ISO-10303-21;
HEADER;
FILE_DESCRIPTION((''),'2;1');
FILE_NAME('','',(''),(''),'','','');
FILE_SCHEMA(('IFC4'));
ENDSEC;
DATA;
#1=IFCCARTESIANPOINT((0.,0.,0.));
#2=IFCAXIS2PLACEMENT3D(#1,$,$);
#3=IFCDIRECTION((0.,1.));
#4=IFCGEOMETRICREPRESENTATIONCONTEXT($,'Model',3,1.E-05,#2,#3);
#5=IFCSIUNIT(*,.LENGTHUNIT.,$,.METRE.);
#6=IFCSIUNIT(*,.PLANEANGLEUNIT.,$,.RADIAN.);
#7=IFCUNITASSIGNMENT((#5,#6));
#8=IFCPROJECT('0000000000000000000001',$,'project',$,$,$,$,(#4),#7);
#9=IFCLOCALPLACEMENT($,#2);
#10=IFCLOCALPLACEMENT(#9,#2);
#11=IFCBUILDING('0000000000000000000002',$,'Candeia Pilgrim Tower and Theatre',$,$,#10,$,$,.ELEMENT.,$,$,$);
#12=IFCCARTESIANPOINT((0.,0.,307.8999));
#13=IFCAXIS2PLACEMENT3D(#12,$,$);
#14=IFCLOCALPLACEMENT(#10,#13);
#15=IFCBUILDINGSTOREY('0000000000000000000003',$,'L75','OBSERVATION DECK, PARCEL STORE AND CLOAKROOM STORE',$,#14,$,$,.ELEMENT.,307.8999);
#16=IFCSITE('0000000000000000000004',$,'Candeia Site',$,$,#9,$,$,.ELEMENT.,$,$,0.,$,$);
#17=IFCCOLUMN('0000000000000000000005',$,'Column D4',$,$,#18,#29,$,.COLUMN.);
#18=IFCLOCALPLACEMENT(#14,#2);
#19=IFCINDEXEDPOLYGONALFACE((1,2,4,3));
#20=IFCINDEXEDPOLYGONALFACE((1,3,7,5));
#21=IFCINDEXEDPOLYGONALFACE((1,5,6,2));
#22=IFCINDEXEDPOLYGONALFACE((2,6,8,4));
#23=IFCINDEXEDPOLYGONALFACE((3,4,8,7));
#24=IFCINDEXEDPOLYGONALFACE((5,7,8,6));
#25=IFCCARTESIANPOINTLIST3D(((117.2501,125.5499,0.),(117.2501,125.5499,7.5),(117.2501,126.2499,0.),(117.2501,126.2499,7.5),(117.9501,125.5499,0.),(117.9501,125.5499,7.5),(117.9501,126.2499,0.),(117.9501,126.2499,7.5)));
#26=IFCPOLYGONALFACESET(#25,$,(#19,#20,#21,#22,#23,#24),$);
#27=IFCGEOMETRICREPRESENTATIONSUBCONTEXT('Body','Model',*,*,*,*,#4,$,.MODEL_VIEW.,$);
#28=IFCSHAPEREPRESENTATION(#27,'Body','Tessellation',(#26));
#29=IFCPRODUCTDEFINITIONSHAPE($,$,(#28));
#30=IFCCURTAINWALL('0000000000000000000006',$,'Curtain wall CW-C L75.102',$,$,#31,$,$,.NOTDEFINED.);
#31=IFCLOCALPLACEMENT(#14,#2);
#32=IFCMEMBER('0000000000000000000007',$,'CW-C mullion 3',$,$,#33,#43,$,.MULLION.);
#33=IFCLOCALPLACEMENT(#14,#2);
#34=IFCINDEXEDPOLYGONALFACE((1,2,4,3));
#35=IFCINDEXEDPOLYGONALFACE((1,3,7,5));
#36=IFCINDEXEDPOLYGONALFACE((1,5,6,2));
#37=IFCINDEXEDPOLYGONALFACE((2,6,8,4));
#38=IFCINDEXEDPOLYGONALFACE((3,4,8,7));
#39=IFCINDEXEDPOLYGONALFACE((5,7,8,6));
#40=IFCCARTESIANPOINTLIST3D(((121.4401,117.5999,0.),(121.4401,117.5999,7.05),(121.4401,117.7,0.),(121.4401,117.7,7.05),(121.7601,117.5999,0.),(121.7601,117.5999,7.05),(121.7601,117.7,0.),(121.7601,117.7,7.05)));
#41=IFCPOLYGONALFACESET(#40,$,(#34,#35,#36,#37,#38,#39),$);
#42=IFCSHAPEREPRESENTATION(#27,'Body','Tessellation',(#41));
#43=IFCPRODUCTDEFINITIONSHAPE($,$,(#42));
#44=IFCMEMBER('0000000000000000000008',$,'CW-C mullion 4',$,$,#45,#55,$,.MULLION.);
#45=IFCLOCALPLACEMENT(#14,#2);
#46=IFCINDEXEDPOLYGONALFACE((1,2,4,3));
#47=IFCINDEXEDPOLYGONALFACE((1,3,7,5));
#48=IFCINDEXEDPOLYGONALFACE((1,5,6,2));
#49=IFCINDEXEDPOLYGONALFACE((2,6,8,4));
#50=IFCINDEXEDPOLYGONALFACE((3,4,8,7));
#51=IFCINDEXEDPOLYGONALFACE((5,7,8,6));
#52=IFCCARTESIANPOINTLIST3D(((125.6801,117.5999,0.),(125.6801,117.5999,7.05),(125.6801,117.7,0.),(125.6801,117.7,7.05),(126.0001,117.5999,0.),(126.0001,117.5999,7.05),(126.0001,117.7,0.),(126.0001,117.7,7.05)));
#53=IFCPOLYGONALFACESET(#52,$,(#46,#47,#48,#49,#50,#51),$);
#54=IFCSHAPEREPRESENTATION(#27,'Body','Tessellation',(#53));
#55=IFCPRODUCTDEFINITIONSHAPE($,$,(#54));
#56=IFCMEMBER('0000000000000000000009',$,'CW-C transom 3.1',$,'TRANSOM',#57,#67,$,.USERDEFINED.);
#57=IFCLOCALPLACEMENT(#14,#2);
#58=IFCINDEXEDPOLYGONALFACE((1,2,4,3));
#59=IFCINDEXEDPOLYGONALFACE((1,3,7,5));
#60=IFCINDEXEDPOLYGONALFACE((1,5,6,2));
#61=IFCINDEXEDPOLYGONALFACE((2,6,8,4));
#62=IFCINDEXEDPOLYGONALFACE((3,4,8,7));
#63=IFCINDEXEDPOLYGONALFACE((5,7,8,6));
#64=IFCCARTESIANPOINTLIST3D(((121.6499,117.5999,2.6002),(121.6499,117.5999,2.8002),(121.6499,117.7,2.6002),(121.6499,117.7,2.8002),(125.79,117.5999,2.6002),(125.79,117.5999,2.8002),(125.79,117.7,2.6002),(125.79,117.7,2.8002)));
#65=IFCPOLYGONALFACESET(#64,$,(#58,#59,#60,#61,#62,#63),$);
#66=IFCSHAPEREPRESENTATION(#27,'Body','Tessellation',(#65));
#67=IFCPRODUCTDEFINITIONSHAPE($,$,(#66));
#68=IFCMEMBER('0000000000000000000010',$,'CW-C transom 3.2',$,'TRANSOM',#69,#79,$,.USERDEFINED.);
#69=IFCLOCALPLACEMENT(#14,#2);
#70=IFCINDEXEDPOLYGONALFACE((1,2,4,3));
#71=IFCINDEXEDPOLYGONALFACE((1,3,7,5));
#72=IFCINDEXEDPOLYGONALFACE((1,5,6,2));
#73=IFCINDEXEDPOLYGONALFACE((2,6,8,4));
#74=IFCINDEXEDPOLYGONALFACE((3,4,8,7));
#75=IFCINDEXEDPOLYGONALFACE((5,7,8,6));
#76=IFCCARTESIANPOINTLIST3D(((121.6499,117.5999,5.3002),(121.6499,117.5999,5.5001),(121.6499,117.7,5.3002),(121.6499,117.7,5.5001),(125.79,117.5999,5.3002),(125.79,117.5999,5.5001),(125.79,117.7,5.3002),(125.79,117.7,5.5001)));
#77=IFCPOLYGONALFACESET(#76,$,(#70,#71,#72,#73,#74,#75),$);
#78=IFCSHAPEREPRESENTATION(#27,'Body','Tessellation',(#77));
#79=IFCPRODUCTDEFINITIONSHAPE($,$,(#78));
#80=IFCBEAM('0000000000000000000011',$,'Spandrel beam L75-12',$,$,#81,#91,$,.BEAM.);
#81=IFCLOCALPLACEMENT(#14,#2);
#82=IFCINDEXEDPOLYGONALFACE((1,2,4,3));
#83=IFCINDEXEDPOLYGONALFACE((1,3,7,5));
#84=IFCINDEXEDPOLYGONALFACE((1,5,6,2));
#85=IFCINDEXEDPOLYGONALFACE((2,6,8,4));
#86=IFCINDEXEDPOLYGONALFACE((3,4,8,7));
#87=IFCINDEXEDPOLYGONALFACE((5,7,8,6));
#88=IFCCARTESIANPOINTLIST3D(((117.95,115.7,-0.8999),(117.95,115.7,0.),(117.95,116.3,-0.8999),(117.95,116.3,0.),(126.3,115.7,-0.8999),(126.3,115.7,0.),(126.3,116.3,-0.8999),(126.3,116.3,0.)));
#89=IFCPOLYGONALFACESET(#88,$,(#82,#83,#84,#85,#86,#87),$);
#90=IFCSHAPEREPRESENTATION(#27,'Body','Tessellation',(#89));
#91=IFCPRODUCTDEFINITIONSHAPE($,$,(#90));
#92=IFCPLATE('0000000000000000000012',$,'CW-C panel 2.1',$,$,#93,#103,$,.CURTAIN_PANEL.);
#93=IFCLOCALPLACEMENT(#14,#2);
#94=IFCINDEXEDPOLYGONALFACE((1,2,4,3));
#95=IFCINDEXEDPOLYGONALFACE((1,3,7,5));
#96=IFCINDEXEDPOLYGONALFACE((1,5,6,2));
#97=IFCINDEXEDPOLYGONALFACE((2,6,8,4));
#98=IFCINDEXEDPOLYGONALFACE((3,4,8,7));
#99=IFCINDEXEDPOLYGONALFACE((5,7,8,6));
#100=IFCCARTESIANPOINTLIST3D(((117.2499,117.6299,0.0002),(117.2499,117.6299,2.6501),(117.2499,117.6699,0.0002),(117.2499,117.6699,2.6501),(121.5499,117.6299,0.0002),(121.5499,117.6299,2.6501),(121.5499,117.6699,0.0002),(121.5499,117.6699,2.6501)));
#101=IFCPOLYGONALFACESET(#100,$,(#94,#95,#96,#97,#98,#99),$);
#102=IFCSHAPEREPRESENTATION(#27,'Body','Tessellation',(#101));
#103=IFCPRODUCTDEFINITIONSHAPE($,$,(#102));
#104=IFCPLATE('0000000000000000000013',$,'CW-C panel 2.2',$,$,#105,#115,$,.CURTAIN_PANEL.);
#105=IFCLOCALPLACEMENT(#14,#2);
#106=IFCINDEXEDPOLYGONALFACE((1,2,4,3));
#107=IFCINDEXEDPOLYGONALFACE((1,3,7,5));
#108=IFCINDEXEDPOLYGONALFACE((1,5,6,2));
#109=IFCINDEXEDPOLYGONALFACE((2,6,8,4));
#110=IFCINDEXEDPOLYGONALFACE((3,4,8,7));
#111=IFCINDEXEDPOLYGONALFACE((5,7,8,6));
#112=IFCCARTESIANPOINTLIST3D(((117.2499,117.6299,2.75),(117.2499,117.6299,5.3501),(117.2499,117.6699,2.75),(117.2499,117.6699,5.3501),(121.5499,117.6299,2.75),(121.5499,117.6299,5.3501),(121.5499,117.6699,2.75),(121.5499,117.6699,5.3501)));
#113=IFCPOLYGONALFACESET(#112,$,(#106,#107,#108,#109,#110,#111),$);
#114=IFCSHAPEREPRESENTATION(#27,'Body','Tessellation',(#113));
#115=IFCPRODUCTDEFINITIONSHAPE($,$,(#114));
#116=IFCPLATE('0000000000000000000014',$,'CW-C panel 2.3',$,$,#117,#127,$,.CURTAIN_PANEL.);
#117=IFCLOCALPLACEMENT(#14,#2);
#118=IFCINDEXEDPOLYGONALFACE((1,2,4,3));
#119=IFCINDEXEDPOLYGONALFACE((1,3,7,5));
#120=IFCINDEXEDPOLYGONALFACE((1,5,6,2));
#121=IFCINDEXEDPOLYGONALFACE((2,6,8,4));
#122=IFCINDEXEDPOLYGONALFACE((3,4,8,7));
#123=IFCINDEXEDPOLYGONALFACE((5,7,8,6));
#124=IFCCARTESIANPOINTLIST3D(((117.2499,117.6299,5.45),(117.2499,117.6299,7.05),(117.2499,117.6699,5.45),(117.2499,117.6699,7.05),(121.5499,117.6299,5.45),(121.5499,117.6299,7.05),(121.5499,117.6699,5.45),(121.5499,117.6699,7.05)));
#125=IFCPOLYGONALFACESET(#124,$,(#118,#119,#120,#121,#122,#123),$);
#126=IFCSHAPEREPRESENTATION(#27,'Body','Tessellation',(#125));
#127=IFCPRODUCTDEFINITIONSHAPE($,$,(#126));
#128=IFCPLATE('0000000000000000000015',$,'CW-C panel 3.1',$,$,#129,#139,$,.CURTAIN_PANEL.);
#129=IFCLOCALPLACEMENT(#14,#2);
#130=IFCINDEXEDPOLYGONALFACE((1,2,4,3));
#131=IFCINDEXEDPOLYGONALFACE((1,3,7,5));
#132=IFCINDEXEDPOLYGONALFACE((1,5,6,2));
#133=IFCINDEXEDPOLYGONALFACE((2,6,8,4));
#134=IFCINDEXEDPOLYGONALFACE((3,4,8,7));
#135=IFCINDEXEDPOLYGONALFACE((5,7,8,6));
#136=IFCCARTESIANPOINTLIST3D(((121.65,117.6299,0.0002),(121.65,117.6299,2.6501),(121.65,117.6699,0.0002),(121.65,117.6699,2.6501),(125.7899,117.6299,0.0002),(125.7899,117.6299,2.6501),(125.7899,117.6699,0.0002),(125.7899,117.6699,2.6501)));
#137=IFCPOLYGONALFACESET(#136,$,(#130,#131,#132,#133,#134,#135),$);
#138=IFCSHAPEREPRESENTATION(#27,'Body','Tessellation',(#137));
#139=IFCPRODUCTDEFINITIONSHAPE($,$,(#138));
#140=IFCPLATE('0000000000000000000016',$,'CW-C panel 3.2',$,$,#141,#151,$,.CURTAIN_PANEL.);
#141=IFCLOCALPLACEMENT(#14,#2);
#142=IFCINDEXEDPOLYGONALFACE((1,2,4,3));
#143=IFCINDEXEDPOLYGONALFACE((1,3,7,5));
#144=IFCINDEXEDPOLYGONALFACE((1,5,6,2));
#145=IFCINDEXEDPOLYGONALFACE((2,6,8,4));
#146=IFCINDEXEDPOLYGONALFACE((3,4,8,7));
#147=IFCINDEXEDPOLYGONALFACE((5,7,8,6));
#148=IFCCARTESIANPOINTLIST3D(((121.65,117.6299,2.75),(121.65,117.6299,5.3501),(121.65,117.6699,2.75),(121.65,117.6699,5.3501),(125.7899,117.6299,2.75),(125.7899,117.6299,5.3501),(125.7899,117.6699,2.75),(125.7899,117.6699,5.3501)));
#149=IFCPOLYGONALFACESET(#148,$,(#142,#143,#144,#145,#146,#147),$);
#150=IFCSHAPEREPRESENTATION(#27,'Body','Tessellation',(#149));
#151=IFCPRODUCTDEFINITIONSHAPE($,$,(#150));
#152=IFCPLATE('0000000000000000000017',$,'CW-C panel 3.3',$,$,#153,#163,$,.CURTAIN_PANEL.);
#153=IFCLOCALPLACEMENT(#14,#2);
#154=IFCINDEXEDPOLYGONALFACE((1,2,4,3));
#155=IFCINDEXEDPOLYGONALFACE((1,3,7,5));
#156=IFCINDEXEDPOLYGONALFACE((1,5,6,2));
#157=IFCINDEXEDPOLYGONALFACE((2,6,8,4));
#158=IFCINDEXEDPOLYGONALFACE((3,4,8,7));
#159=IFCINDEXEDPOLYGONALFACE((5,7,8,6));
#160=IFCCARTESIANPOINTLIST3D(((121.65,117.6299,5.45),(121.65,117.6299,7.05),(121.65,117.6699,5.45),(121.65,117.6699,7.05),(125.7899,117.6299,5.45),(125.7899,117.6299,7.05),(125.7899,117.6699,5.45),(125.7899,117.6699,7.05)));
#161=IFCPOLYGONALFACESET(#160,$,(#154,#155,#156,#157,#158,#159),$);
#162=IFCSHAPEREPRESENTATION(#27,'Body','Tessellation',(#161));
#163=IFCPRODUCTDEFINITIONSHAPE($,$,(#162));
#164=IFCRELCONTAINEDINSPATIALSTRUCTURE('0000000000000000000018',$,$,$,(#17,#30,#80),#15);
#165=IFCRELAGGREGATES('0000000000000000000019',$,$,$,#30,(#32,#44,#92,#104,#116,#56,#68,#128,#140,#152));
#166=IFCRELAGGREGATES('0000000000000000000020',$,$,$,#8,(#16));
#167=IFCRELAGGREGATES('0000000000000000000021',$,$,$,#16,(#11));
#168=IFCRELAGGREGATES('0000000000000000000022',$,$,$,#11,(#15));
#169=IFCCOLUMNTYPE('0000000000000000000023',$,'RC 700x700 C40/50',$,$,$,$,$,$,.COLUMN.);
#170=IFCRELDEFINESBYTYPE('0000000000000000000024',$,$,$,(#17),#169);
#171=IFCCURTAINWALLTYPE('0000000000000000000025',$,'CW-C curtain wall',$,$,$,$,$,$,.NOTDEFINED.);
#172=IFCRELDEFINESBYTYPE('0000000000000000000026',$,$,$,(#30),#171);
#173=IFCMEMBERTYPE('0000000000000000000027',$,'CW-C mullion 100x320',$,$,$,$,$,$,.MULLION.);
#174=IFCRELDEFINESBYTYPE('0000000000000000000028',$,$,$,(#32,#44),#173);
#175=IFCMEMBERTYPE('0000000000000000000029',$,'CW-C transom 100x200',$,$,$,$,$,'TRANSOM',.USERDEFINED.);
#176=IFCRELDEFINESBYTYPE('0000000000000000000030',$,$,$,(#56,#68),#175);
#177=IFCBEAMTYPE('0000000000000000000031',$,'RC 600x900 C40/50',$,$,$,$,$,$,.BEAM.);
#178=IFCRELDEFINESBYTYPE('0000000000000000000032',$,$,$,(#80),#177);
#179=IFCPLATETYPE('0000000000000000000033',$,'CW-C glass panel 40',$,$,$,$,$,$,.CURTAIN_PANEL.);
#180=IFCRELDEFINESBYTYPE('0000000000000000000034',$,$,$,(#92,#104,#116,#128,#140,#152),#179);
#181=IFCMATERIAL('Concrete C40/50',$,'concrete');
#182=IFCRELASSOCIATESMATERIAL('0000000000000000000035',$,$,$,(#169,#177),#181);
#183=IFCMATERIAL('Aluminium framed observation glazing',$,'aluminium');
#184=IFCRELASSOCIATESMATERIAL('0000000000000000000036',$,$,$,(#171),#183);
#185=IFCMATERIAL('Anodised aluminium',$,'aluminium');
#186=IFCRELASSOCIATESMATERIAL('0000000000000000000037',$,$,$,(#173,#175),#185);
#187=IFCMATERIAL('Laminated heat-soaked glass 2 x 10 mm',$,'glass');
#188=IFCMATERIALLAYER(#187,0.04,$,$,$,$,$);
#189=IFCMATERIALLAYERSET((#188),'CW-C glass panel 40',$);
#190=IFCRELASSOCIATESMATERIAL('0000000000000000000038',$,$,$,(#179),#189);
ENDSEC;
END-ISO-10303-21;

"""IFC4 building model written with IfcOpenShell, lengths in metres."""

from ifc_helpers import new_model, si_unit, direction, frame, origin, origin_2d, place, context, subcontext, project, spatial, rectangle, extrude, material, layer, layer_set, material_profile, profile_set, type_object, element, aggregate, save


model = new_model("IFC4")

# Units and contexts
model_context = context("Model", 3, precision=1e-05, world=origin(), true_north=direction((0.0, 1.0)))
body_context = subcontext(model_context, "Body", "Model", "MODEL_VIEW")
ifc_project = project(units=[si_unit("LENGTHUNIT", "METRE"), si_unit("PLANEANGLEUNIT", "RADIAN")], contexts=[model_context])

# Site, building, storey
site_placement = place(None, origin())
site = spatial("IfcSite", under=ifc_project, at=site_placement, Name="Candeia Site", CompositionType="ELEMENT", RefElevation=0.0)
building_placement = place(site_placement, origin())
building = spatial("IfcBuilding", under=site, at=building_placement, Name="Candeia Pilgrim Tower and Theatre", CompositionType="ELEMENT")
storey_placement = place(building_placement, frame((0.0, 0.0, 307.8999)))
storey = spatial("IfcBuildingStorey", under=building, at=storey_placement, Name="L75", Description="OBSERVATION DECK, PARCEL STORE AND CLOAKROOM STORE", CompositionType="ELEMENT", Elevation=307.8999)

# Column
ifc_material_1 = material(Name="Concrete C40/50", Category="concrete")
ifc_material_profile_1 = material_profile(ifc_material_1, rectangle(XDim=0.7, YDim=0.7, at=origin_2d()))
ifc_profile_set_1 = profile_set([ifc_material_profile_1], Name="Concrete C40/50")
column_type = type_object("IfcColumnType", Name="RC 700x700 C40/50", PredefinedType="COLUMN", material=ifc_profile_set_1)
column_placement = place(storey_placement, frame((117.6001, 125.8999, 0.0), z_axis=(0.0, 0.0, 1.0), x_axis=(1.0, 0.0, 0.0)))
element("IfcColumn", 1, at=column_placement, inside=storey, type_object=column_type, Name="Column D4", PredefinedType="COLUMN", context=body_context, shape_type="SweptSolid", body=[
    extrude(rectangle(XDim=0.7, YDim=0.7, at=origin_2d()), origin(), (0.0, 0.0, 1.0), 7.5),
])

# Curtain wall, members
ifc_material_2 = material(Name="Aluminium framed observation glazing", Category="aluminium")
curtain_wall_type = type_object("IfcCurtainWallType", Name="CW-C curtain wall", PredefinedType="NOTDEFINED", material=ifc_material_2)
curtain_wall_placement = place(storey_placement, origin())
curtain_wall = element("IfcCurtainWall", 2, at=curtain_wall_placement, inside=storey, type_object=curtain_wall_type, Name="Curtain wall CW-C L75.102", PredefinedType="NOTDEFINED")
ifc_material_3 = material(Name="Anodised aluminium", Category="aluminium")
ifc_material_profile_2 = material_profile(ifc_material_3, rectangle(XDim=0.1001, YDim=0.3201, at=origin_2d()))
ifc_profile_set_2 = profile_set([ifc_material_profile_2], Name="Anodised aluminium")
member_type_1 = type_object("IfcMemberType", Name="CW-C mullion 100x320", PredefinedType="MULLION", material=ifc_profile_set_2)
member_1_placement = place(storey_placement, frame((121.6001, 117.6499, 0.0), z_axis=(0.0, 0.0, 1.0), x_axis=(0.0, 1.0, 0.0)))
member_1 = element("IfcMember", 3, at=member_1_placement, type_object=member_type_1, Name="CW-C mullion 3", PredefinedType="MULLION", context=body_context, shape_type="SweptSolid", body=[
    extrude(rectangle(XDim=0.1001, YDim=0.3201, at=origin_2d()), origin(), (0.0, 0.0, 1.0), 7.05),
])
member_2_placement = place(storey_placement, frame((125.8401, 117.6499, 0.0), z_axis=(0.0, 0.0, 1.0), x_axis=(0.0, 1.0, 0.0)))
member_2 = element("IfcMember", 4, at=member_2_placement, type_object=member_type_1, Name="CW-C mullion 4", PredefinedType="MULLION", context=body_context, shape_type="SweptSolid", body=[
    extrude(rectangle(XDim=0.1001, YDim=0.3201, at=origin_2d()), origin(), (0.0, 0.0, 1.0), 7.05),
])
ifc_material_profile_3 = material_profile(ifc_material_3, rectangle(XDim=0.1001, YDim=0.2, at=origin_2d()))
ifc_profile_set_3 = profile_set([ifc_material_profile_3], Name="Anodised aluminium")
member_type_2 = type_object("IfcMemberType", Name="CW-C transom 100x200", ElementType="TRANSOM", PredefinedType="USERDEFINED", material=ifc_profile_set_3)
member_3_placement = place(storey_placement, frame((121.6499, 117.6499, 2.7002), z_axis=(1.0, 0.0, 0.0), x_axis=(0.0, 1.0, 0.0)))
member_3 = element("IfcMember", 5, at=member_3_placement, type_object=member_type_2, Name="CW-C transom 3.1", ObjectType="TRANSOM", PredefinedType="USERDEFINED", context=body_context, shape_type="SweptSolid", body=[
    extrude(rectangle(XDim=0.1001, YDim=0.2, at=origin_2d()), origin(), (0.0, 0.0, 1.0), 4.1401),
])
member_4_placement = place(storey_placement, frame((121.6499, 117.6499, 5.4001), z_axis=(1.0, 0.0, 0.0), x_axis=(0.0, 1.0, 0.0)))
member_4 = element("IfcMember", 6, at=member_4_placement, type_object=member_type_2, Name="CW-C transom 3.2", ObjectType="TRANSOM", PredefinedType="USERDEFINED", context=body_context, shape_type="SweptSolid", body=[
    extrude(rectangle(XDim=0.1001, YDim=0.2, at=origin_2d()), origin(), (0.0, 0.0, 1.0), 4.1401),
])

# Beam
ifc_material_profile_4 = material_profile(ifc_material_1, rectangle(XDim=0.6001, YDim=0.8999, at=origin_2d()))
ifc_profile_set_4 = profile_set([ifc_material_profile_4], Name="Concrete C40/50")
beam_type = type_object("IfcBeamType", Name="RC 600x900 C40/50", PredefinedType="BEAM", material=ifc_profile_set_4)
beam_placement = place(storey_placement, frame((126.3, 116.0, -0.45), z_axis=(-1.0, 0.0, 0.0), x_axis=(0.0, -1.0, 0.0)))
element("IfcBeam", 7, at=beam_placement, inside=storey, type_object=beam_type, Name="Spandrel beam L75-12", PredefinedType="BEAM", context=body_context, shape_type="SweptSolid", body=[
    extrude(rectangle(XDim=0.6001, YDim=0.8999, at=origin_2d()), origin(), (0.0, 0.0, 1.0), 8.3501),
])

# Plates
ifc_material_4 = material(Name="Laminated heat-soaked glass 2 x 10 mm", Category="glass")
ifc_layer_1 = layer(ifc_material_4, 0.04)
ifc_layer_set_1 = layer_set([ifc_layer_1], Name="CW-C glass panel 40")
plate_type = type_object("IfcPlateType", Name="CW-C glass panel 40", PredefinedType="CURTAIN_PANEL", material=ifc_layer_set_1)
plate_1_placement = place(storey_placement, frame((119.3999, 117.6499, 0.0002), z_axis=(0.0, 0.0, 1.0), x_axis=(1.0, 0.0, 0.0)))
plate_1 = element("IfcPlate", 8, at=plate_1_placement, type_object=plate_type, Name="CW-C panel 2.1", PredefinedType="CURTAIN_PANEL", context=body_context, shape_type="SweptSolid", body=[
    extrude(rectangle(XDim=4.3, YDim=0.04, at=origin_2d()), origin(), (0.0, 0.0, 1.0), 2.6499),
])
plate_2_placement = place(storey_placement, frame((119.3999, 117.6499, 2.75), z_axis=(0.0, 0.0, 1.0), x_axis=(1.0, 0.0, 0.0)))
plate_2 = element("IfcPlate", 9, at=plate_2_placement, type_object=plate_type, Name="CW-C panel 2.2", PredefinedType="CURTAIN_PANEL", context=body_context, shape_type="SweptSolid", body=[
    extrude(rectangle(XDim=4.3, YDim=0.04, at=origin_2d()), origin(), (0.0, 0.0, 1.0), 2.6001),
])
plate_3_placement = place(storey_placement, frame((119.3999, 117.6499, 5.45), z_axis=(0.0, 0.0, 1.0), x_axis=(1.0, 0.0, 0.0)))
plate_3 = element("IfcPlate", 10, at=plate_3_placement, type_object=plate_type, Name="CW-C panel 2.3", PredefinedType="CURTAIN_PANEL", context=body_context, shape_type="SweptSolid", body=[
    extrude(rectangle(XDim=4.3, YDim=0.04, at=origin_2d()), origin(), (0.0, 0.0, 1.0), 1.6001),
])
plate_4_placement = place(storey_placement, frame((123.72, 117.6499, 0.0002), z_axis=(0.0, 0.0, 1.0), x_axis=(1.0, 0.0, 0.0)))
plate_4 = element("IfcPlate", 11, at=plate_4_placement, type_object=plate_type, Name="CW-C panel 3.1", PredefinedType="CURTAIN_PANEL", context=body_context, shape_type="SweptSolid", body=[
    extrude(rectangle(XDim=4.1399, YDim=0.04, at=origin_2d()), origin(), (0.0, 0.0, 1.0), 2.6499),
])
plate_5_placement = place(storey_placement, frame((123.72, 117.6499, 2.75), z_axis=(0.0, 0.0, 1.0), x_axis=(1.0, 0.0, 0.0)))
plate_5 = element("IfcPlate", 12, at=plate_5_placement, type_object=plate_type, Name="CW-C panel 3.2", PredefinedType="CURTAIN_PANEL", context=body_context, shape_type="SweptSolid", body=[
    extrude(rectangle(XDim=4.1399, YDim=0.04, at=origin_2d()), origin(), (0.0, 0.0, 1.0), 2.6001),
])
plate_6_placement = place(storey_placement, frame((123.72, 117.6499, 5.45), z_axis=(0.0, 0.0, 1.0), x_axis=(1.0, 0.0, 0.0)))
plate_6 = element("IfcPlate", 13, at=plate_6_placement, type_object=plate_type, Name="CW-C panel 3.3", PredefinedType="CURTAIN_PANEL", context=body_context, shape_type="SweptSolid", body=[
    extrude(rectangle(XDim=4.1399, YDim=0.04, at=origin_2d()), origin(), (0.0, 0.0, 1.0), 1.6001),
])
aggregate(curtain_wall, [member_1, member_2, plate_1, plate_2, plate_3, member_3, member_4, plate_4, plate_5, plate_6])

save(model, "model.ifc")
